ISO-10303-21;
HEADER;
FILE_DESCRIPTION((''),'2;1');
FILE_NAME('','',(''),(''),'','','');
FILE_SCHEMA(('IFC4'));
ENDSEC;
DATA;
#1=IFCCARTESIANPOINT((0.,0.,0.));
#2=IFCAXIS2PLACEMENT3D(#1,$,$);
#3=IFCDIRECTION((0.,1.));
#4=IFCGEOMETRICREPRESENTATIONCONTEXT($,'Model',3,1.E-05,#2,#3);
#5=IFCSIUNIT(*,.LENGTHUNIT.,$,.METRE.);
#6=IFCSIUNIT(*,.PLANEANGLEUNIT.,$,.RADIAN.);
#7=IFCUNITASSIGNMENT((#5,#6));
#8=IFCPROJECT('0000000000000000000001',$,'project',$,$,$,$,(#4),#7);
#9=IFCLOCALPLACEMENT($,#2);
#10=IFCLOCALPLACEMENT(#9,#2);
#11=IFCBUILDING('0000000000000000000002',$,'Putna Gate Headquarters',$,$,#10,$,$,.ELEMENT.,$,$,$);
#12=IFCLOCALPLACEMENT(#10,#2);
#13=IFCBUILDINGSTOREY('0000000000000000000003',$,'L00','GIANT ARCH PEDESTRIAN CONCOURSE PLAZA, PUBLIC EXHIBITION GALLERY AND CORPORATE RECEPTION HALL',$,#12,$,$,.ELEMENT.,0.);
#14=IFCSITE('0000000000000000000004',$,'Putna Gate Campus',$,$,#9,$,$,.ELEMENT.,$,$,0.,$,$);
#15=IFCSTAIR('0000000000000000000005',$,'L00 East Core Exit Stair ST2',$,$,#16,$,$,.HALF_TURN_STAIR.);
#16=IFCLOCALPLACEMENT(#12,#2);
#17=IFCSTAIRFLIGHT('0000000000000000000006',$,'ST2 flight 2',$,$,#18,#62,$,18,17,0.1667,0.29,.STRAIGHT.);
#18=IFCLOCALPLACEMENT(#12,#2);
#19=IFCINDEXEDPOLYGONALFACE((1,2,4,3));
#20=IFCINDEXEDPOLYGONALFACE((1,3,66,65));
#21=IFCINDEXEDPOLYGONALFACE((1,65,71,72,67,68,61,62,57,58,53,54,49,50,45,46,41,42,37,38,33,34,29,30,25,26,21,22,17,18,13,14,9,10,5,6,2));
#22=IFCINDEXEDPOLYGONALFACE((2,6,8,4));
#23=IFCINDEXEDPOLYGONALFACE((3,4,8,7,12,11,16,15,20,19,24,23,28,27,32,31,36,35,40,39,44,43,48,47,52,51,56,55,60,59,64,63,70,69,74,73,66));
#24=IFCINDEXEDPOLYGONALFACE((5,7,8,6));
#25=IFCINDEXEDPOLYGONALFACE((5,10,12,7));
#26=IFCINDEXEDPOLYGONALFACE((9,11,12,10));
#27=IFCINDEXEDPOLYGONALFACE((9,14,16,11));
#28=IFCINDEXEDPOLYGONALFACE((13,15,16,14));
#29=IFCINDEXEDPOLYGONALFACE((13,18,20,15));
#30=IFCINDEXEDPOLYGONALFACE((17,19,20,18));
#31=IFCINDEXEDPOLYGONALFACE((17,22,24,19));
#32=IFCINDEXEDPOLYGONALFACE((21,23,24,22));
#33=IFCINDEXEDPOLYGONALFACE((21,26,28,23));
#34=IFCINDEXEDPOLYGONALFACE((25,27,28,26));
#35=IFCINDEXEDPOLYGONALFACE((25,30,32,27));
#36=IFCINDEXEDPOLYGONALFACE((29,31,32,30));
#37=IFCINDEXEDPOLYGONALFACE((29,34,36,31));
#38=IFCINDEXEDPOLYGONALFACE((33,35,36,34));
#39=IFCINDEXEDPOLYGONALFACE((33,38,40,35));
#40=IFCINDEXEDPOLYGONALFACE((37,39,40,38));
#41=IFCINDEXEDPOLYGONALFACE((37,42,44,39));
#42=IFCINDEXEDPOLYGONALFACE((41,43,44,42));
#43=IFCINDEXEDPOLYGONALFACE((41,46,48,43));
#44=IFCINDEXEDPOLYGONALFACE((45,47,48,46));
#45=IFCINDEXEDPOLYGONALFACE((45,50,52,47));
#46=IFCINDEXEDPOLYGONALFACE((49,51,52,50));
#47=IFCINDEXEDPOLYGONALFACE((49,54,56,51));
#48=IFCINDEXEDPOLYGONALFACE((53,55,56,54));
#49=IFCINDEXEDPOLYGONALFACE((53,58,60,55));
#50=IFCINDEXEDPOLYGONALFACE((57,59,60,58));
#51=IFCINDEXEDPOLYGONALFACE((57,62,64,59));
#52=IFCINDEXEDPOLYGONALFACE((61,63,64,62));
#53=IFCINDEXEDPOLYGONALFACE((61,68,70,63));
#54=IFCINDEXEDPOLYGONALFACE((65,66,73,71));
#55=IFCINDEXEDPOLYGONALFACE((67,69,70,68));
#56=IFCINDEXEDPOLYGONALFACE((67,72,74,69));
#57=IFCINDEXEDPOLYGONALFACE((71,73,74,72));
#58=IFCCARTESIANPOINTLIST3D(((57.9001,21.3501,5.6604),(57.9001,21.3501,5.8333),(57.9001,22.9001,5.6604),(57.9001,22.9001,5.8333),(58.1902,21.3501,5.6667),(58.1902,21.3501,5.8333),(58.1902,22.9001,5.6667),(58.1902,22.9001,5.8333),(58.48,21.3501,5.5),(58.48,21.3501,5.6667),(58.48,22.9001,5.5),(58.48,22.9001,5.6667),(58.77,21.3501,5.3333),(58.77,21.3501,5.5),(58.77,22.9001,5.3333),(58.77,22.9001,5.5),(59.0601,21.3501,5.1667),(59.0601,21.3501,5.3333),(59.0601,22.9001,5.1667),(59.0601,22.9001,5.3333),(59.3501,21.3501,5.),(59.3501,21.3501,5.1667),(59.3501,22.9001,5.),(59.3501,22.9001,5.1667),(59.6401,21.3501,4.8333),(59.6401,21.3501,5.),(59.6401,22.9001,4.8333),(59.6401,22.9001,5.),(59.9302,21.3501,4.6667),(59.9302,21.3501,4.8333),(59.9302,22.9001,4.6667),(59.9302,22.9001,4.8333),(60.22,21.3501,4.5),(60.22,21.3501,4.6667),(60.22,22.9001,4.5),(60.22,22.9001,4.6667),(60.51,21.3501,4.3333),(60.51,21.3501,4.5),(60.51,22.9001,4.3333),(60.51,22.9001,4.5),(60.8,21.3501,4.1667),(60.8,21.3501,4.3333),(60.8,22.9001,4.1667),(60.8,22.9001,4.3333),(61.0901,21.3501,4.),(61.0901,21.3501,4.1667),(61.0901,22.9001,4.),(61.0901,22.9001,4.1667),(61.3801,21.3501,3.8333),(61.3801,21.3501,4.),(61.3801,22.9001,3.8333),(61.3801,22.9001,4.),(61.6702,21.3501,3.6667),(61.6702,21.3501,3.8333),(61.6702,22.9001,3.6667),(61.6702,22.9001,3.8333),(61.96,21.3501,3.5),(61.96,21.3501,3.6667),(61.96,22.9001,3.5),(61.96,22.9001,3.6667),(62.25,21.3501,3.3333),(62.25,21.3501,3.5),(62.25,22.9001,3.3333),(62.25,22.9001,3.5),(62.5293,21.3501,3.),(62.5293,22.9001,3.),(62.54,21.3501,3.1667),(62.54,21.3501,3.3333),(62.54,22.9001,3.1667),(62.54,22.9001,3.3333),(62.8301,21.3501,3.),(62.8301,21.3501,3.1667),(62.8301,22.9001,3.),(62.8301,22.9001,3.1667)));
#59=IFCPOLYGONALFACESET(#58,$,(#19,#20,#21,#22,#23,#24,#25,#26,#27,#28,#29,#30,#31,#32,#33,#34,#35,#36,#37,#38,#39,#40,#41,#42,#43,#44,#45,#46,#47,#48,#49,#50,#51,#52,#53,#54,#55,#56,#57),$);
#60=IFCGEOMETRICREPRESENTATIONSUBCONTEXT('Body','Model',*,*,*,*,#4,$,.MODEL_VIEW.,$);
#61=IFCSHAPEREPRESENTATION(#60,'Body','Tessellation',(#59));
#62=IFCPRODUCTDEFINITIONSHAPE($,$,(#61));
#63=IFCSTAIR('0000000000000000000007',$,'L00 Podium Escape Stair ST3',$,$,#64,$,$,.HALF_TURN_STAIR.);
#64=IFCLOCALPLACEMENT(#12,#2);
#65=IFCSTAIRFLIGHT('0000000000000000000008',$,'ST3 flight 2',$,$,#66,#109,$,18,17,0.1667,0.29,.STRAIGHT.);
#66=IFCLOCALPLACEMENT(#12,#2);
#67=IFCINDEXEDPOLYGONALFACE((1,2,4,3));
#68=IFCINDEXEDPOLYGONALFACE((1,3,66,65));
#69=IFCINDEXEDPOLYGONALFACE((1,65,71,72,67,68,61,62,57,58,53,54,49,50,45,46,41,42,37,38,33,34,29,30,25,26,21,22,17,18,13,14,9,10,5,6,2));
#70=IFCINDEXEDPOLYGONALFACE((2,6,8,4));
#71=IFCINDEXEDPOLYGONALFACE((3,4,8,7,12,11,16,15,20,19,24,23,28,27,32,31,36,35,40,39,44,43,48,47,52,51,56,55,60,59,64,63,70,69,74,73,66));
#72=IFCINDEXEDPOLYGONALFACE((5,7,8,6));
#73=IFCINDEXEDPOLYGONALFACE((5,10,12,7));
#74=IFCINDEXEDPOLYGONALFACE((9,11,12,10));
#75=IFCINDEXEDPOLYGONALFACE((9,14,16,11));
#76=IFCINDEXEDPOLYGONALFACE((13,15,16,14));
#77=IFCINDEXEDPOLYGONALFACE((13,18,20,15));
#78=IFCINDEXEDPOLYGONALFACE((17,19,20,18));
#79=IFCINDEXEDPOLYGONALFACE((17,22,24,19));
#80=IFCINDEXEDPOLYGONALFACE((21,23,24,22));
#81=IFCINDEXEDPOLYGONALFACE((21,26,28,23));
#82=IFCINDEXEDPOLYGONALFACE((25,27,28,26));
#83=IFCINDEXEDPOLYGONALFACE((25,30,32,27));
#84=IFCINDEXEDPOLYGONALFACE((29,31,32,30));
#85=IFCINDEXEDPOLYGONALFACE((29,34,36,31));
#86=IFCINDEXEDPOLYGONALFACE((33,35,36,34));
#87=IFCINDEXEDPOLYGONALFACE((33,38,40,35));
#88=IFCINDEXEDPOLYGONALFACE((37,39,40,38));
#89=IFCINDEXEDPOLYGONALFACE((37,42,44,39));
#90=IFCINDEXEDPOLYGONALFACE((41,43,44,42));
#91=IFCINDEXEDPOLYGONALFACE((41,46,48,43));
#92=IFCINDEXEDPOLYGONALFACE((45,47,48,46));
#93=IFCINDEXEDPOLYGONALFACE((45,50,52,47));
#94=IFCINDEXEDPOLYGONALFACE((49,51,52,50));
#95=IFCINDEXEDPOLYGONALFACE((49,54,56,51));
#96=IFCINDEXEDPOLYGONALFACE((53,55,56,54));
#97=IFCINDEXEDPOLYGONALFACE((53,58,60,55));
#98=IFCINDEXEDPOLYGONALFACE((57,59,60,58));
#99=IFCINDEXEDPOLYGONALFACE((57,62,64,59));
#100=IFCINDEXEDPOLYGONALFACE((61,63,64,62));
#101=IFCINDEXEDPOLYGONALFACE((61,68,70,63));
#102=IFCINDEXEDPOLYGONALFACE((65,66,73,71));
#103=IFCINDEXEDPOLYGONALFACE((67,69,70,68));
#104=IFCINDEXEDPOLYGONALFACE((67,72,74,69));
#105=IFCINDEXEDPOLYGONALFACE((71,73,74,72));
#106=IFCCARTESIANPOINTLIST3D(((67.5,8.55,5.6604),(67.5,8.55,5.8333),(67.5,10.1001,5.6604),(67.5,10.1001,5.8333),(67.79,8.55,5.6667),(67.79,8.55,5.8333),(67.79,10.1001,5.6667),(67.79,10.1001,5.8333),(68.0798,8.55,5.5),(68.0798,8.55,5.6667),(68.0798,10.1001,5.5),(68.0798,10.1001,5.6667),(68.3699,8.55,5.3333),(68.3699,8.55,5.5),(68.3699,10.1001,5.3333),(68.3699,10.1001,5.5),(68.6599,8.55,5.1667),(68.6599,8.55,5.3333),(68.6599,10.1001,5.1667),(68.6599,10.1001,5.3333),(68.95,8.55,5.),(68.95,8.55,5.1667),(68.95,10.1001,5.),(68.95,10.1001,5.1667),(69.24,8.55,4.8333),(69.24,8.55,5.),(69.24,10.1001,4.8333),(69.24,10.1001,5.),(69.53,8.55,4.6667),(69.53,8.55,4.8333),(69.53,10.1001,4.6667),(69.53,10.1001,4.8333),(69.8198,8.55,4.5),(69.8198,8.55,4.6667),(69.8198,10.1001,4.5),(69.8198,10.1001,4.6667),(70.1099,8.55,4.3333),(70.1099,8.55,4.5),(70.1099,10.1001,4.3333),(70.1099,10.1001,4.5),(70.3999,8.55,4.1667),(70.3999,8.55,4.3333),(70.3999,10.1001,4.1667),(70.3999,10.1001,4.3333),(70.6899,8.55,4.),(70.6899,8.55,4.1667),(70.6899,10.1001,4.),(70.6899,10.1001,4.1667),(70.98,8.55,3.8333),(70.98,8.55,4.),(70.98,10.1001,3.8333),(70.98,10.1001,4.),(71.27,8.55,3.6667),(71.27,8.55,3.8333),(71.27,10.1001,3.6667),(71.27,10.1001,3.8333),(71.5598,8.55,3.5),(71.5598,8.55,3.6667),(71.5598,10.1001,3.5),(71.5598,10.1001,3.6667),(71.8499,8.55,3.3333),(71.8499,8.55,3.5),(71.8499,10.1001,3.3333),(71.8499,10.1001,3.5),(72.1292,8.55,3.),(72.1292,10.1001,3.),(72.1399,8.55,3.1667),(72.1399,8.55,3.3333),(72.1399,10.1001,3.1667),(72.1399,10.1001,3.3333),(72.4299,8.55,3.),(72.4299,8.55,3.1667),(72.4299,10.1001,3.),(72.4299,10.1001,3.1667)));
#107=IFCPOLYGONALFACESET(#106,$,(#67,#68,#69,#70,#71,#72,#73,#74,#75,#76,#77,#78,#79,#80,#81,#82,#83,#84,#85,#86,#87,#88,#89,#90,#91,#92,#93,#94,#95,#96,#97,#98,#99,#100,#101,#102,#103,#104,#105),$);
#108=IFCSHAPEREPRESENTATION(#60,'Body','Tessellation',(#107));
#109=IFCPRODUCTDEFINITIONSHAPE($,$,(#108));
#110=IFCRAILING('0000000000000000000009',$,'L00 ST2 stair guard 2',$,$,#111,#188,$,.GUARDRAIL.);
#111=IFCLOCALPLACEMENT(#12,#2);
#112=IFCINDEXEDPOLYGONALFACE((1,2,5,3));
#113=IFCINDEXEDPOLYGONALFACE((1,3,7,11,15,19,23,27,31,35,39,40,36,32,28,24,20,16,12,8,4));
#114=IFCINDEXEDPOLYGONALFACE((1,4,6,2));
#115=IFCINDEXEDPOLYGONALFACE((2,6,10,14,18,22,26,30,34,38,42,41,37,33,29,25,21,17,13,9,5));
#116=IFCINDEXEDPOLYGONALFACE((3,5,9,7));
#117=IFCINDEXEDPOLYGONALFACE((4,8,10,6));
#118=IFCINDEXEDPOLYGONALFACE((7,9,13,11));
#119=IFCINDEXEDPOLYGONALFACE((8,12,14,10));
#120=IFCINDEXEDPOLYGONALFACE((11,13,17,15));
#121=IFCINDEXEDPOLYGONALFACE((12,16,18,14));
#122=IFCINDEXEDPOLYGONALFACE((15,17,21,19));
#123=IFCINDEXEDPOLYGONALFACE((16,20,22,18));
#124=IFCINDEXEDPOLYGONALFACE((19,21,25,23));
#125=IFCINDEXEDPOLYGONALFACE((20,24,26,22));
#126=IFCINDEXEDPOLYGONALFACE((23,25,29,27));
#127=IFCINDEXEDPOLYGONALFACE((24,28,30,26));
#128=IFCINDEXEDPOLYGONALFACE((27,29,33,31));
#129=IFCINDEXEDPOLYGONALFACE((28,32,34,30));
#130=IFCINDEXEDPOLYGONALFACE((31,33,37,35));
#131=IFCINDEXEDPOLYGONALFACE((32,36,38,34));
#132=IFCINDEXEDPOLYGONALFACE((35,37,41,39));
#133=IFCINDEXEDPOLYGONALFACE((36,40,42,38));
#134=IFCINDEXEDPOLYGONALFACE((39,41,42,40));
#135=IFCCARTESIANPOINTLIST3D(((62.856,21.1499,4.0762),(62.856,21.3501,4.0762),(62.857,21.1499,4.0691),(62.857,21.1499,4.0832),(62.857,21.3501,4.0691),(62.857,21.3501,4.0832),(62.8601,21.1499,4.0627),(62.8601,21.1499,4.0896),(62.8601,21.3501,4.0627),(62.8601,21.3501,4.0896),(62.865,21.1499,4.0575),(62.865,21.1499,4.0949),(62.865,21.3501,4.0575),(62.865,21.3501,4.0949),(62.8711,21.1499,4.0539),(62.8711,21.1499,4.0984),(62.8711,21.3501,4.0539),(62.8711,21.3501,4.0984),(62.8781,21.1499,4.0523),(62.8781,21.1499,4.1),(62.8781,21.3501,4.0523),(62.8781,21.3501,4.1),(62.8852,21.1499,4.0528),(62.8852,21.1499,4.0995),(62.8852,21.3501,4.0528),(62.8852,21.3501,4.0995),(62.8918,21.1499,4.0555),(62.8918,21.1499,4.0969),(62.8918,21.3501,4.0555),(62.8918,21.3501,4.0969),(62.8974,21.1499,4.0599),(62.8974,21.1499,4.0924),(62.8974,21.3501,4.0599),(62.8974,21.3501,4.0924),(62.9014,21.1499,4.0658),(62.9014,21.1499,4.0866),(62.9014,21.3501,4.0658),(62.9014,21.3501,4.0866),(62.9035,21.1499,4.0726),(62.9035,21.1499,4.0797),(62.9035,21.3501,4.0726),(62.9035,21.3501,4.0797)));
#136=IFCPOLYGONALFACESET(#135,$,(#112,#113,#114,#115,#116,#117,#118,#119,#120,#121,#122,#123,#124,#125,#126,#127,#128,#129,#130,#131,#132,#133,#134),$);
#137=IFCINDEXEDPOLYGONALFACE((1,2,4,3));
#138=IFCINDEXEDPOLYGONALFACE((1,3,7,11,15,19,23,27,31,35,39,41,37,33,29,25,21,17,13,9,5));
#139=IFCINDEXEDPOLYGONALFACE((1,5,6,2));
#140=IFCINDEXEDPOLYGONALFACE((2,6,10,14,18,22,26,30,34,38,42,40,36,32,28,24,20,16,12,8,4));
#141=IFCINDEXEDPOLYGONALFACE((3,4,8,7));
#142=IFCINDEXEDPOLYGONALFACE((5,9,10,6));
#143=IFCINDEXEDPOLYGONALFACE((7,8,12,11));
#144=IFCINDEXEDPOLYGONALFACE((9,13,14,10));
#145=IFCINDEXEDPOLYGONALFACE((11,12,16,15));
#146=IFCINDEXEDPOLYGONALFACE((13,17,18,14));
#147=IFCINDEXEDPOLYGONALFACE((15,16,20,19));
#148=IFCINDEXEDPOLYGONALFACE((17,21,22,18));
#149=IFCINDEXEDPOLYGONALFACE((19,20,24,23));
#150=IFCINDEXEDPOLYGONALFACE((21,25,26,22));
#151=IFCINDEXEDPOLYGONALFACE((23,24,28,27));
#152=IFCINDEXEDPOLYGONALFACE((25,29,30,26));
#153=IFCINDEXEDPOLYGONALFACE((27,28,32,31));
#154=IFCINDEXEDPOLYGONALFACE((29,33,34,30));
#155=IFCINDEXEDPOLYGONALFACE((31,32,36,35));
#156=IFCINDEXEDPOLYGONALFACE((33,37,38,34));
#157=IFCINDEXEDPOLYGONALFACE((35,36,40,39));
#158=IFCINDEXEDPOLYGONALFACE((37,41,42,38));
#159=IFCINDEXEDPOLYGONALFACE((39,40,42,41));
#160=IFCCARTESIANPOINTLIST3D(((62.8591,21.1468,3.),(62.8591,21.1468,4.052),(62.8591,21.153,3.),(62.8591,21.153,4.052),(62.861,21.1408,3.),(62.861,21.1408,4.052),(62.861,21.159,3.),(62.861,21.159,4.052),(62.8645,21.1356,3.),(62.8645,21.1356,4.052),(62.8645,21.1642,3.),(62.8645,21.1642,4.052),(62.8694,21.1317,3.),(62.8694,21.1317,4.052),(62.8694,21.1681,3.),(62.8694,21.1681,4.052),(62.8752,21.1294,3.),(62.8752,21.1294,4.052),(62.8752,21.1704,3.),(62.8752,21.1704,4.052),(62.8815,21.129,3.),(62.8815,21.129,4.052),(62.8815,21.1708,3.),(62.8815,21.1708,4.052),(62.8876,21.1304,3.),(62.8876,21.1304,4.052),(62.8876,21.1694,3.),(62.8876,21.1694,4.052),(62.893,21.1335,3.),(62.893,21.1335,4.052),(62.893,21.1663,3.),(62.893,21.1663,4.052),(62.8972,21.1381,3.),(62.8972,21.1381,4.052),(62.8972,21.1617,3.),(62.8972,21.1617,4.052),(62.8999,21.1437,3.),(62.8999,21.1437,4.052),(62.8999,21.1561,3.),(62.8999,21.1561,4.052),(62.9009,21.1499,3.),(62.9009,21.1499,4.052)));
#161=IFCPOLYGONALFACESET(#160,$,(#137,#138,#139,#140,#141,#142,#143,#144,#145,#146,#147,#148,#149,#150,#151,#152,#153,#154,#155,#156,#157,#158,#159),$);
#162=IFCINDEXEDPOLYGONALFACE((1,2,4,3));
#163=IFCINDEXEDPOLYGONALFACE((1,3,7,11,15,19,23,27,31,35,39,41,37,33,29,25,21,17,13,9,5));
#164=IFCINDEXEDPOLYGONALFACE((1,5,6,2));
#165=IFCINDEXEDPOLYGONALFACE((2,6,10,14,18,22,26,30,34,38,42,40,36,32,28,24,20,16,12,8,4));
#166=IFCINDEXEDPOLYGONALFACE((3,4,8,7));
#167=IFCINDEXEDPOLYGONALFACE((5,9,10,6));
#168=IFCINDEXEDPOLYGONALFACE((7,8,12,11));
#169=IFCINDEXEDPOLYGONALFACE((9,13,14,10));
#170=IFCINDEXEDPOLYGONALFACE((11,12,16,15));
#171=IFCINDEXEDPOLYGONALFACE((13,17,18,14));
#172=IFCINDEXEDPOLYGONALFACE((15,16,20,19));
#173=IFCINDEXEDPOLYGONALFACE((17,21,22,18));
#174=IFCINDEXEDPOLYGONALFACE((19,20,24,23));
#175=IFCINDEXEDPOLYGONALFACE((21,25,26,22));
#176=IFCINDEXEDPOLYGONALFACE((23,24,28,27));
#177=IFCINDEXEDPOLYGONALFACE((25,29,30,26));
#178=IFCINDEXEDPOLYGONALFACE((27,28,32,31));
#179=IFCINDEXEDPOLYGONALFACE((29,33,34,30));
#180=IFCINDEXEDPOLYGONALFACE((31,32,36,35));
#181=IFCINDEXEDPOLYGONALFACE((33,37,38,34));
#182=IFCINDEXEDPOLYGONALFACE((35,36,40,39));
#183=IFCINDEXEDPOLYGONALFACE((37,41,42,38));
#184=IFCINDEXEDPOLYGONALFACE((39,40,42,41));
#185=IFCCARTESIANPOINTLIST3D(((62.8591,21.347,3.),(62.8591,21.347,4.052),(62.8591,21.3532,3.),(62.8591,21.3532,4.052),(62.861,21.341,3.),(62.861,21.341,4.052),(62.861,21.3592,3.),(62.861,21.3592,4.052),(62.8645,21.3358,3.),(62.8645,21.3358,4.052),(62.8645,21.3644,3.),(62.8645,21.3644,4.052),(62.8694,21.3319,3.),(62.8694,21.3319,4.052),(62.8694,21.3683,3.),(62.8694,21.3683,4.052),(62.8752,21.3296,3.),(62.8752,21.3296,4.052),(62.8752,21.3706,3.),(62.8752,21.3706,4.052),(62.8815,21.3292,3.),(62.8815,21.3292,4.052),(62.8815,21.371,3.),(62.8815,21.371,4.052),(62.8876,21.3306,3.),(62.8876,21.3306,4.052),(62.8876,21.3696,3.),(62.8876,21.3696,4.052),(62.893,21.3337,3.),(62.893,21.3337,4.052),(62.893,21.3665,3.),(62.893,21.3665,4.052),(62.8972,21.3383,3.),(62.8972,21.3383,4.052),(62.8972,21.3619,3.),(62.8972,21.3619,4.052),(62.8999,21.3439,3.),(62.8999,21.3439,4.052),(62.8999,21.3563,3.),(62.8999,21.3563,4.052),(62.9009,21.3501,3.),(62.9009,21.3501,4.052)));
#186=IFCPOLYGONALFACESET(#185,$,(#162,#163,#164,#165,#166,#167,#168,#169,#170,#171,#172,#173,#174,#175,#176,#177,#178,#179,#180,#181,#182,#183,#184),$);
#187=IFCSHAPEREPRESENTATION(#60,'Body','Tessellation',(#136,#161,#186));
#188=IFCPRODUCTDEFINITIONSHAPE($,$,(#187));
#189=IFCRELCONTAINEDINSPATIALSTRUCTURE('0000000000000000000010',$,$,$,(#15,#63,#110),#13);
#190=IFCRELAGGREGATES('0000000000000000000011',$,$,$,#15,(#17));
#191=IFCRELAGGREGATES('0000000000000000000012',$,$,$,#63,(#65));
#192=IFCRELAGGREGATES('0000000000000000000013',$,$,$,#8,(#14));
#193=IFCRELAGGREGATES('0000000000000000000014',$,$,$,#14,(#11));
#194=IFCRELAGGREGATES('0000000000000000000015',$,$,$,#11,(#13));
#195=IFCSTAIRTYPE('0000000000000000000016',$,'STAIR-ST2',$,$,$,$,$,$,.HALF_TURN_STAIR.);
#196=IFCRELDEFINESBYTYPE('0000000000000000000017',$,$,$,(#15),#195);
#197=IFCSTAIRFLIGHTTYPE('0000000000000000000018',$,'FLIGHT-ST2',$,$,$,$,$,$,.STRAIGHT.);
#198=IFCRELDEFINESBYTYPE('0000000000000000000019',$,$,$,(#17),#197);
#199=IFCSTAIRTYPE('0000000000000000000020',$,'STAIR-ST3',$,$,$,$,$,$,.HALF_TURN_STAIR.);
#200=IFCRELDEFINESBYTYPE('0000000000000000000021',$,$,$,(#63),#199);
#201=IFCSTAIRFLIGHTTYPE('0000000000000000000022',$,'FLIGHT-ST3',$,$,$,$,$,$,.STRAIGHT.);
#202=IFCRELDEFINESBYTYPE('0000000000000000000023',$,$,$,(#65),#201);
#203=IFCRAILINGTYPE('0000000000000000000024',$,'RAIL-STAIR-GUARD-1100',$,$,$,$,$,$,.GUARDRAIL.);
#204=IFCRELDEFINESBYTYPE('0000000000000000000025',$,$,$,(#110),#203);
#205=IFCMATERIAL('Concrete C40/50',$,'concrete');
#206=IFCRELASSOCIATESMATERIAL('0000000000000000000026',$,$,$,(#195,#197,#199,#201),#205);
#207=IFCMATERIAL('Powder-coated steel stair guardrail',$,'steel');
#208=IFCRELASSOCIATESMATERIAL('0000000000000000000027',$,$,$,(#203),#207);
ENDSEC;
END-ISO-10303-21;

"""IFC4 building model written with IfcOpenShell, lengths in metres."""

from ifc_helpers import new_model, si_unit, direction, frame, origin, origin_2d, place, context, subcontext, project, spatial, polyline, circle, outline, extrude, material, type_object, element, aggregate, save


model = new_model("IFC4")

# Units and contexts
model_context = context("Model", 3, precision=1e-05, world=origin(), true_north=direction((0.0, 1.0)))
body_context = subcontext(model_context, "Body", "Model", "MODEL_VIEW")
ifc_project = project(units=[si_unit("LENGTHUNIT", "METRE"), si_unit("PLANEANGLEUNIT", "RADIAN")], contexts=[model_context])

# Site, building, storey
site_placement = place(None, origin())
site = spatial("IfcSite", under=ifc_project, at=site_placement, Name="Putna Gate Campus", CompositionType="ELEMENT", RefElevation=0.0)
building_placement = place(site_placement, origin())
building = spatial("IfcBuilding", under=site, at=building_placement, Name="Putna Gate Headquarters", CompositionType="ELEMENT")
storey_placement = place(building_placement, origin())
storey = spatial("IfcBuildingStorey", under=building, at=storey_placement, Name="L00", Description="GIANT ARCH PEDESTRIAN CONCOURSE PLAZA, PUBLIC EXHIBITION GALLERY AND CORPORATE RECEPTION HALL", CompositionType="ELEMENT", Elevation=0.0)

# Shared definitions
ifc_material_1 = material(Name="Concrete C40/50", Category="concrete")

# Stairs, stair flights
stair_type_1 = type_object("IfcStairType", Name="STAIR-ST2", PredefinedType="HALF_TURN_STAIR", material=ifc_material_1)
stair_1_placement = place(storey_placement, origin())
stair_1 = element("IfcStair", 1, at=stair_1_placement, inside=storey, type_object=stair_type_1, Name="L00 East Core Exit Stair ST2", PredefinedType="HALF_TURN_STAIR")
stair_flight_type_1 = type_object("IfcStairFlightType", Name="FLIGHT-ST2", PredefinedType="STRAIGHT", material=ifc_material_1)
stair_flight_1_placement = place(storey_placement, frame((62.8301, 22.125, 3.0), z_axis=(0.0, 0.0, 1.0), x_axis=(-1.0, 0.0, 0.0)))
stair_flight_1 = element("IfcStairFlight", 2, at=stair_flight_1_placement, type_object=stair_flight_type_1, Name="ST2 flight 2", NumberOfRisers=18, NumberOfTreads=17, PredefinedType="STRAIGHT", RiserHeight=0.1667, TreadLength=0.29, context=body_context, shape_type="SweptSolid", body=[
    extrude(outline(polyline([(0.0, 0.0), (0.0, 0.1667), (0.29, 0.1667), (0.29, 0.3333), (0.5801, 0.3333), (0.5801, 0.5), (0.8701, 0.5), (0.8701, 0.6667), (1.1599, 0.6667), (1.1599, 0.8333), (1.45, 0.8333), (1.45, 1.0), (1.74, 1.0), (1.74, 1.1667), (2.03, 1.1667), (2.03, 1.3333), (2.3201, 1.3333), (2.3201, 1.5), (2.6101, 1.5), (2.6101, 1.6667), (2.8999, 1.6667), (2.8999, 1.8333), (3.1899, 1.8333), (3.1899, 2.0), (3.48, 2.0), (3.48, 2.1667), (3.77, 2.1667), (3.77, 2.3333), (4.0601, 2.3333), (4.0601, 2.5), (4.3501, 2.5), (4.3501, 2.6667), (4.6399, 2.6667), (4.6399, 2.8333), (4.9299, 2.8333), (4.9299, 3.0), (4.9299, 2.6604), (0.3008, 0.0), (0.0, 0.0)])), frame((0.0, 0.7749, 0.0), z_axis=(0.0, -1.0, 0.0), x_axis=(1.0, 0.0, 0.0)), (0.0, 0.0, 1.0), 1.55),
])
aggregate(stair_1, [stair_flight_1])
stair_type_2 = type_object("IfcStairType", Name="STAIR-ST3", PredefinedType="HALF_TURN_STAIR", material=ifc_material_1)
stair_2_placement = place(storey_placement, origin())
stair_2 = element("IfcStair", 3, at=stair_2_placement, inside=storey, type_object=stair_type_2, Name="L00 Podium Escape Stair ST3", PredefinedType="HALF_TURN_STAIR")
stair_flight_type_2 = type_object("IfcStairFlightType", Name="FLIGHT-ST3", PredefinedType="STRAIGHT", material=ifc_material_1)
stair_flight_2_placement = place(storey_placement, frame((72.4299, 9.325, 3.0), z_axis=(0.0, 0.0, 1.0), x_axis=(-1.0, 0.0, 0.0)))
stair_flight_2 = element("IfcStairFlight", 4, at=stair_flight_2_placement, type_object=stair_flight_type_2, Name="ST3 flight 2", NumberOfRisers=18, NumberOfTreads=17, PredefinedType="STRAIGHT", RiserHeight=0.1667, TreadLength=0.29, context=body_context, shape_type="SweptSolid", body=[
    extrude(outline(polyline([(0.0, 0.0), (0.0, 0.1667), (0.29, 0.1667), (0.29, 0.3333), (0.5801, 0.3333), (0.5801, 0.5), (0.8701, 0.5), (0.8701, 0.6667), (1.1599, 0.6667), (1.1599, 0.8333), (1.45, 0.8333), (1.45, 1.0), (1.74, 1.0), (1.74, 1.1667), (2.03, 1.1667), (2.03, 1.3333), (2.3201, 1.3333), (2.3201, 1.5), (2.6101, 1.5), (2.6101, 1.6667), (2.8999, 1.6667), (2.8999, 1.8333), (3.1899, 1.8333), (3.1899, 2.0), (3.48, 2.0), (3.48, 2.1667), (3.77, 2.1667), (3.77, 2.3333), (4.0601, 2.3333), (4.0601, 2.5), (4.3501, 2.5), (4.3501, 2.6667), (4.6399, 2.6667), (4.6399, 2.8333), (4.9299, 2.8333), (4.9299, 3.0), (4.9299, 2.6604), (0.3008, 0.0), (0.0, 0.0)])), frame((0.0, 0.7749, 0.0), z_axis=(0.0, -1.0, 0.0), x_axis=(1.0, 0.0, 0.0)), (0.0, 0.0, 1.0), 1.55),
])
aggregate(stair_2, [stair_flight_2])

# Railing
ifc_material_2 = material(Name="Powder-coated steel stair guardrail", Category="steel")
railing_type_1 = type_object("IfcRailingType", Name="RAIL-STAIR-GUARD-1100", PredefinedType="GUARDRAIL", material=ifc_material_2)
railing_1_placement = place(storey_placement, frame((62.8799, 21.1499, 3.0)))
element("IfcRailing", 5, at=railing_1_placement, inside=storey, type_object=railing_type_1, Name="L00 ST2 stair guard 2", PredefinedType="GUARDRAIL", context=body_context, shape_type="SweptSolid", body=[
    extrude(circle(Radius=0.0239, at=origin_2d()), frame((0.0, 0.0, 1.0762), z_axis=(0.0, 1.0, 0.0), x_axis=(-1.0, 0.0, 0.0)), (0.0, 0.0, 1.0), 0.2002),
    extrude(circle(Radius=0.021, at=origin_2d()), origin(), (0.0, 0.0, 1.0), 1.052),
    extrude(circle(Radius=0.021, at=origin_2d()), frame((0.0, 0.2002, 0.0)), (0.0, 0.0, 1.0), 1.052),
])

save(model, "model.ifc")
